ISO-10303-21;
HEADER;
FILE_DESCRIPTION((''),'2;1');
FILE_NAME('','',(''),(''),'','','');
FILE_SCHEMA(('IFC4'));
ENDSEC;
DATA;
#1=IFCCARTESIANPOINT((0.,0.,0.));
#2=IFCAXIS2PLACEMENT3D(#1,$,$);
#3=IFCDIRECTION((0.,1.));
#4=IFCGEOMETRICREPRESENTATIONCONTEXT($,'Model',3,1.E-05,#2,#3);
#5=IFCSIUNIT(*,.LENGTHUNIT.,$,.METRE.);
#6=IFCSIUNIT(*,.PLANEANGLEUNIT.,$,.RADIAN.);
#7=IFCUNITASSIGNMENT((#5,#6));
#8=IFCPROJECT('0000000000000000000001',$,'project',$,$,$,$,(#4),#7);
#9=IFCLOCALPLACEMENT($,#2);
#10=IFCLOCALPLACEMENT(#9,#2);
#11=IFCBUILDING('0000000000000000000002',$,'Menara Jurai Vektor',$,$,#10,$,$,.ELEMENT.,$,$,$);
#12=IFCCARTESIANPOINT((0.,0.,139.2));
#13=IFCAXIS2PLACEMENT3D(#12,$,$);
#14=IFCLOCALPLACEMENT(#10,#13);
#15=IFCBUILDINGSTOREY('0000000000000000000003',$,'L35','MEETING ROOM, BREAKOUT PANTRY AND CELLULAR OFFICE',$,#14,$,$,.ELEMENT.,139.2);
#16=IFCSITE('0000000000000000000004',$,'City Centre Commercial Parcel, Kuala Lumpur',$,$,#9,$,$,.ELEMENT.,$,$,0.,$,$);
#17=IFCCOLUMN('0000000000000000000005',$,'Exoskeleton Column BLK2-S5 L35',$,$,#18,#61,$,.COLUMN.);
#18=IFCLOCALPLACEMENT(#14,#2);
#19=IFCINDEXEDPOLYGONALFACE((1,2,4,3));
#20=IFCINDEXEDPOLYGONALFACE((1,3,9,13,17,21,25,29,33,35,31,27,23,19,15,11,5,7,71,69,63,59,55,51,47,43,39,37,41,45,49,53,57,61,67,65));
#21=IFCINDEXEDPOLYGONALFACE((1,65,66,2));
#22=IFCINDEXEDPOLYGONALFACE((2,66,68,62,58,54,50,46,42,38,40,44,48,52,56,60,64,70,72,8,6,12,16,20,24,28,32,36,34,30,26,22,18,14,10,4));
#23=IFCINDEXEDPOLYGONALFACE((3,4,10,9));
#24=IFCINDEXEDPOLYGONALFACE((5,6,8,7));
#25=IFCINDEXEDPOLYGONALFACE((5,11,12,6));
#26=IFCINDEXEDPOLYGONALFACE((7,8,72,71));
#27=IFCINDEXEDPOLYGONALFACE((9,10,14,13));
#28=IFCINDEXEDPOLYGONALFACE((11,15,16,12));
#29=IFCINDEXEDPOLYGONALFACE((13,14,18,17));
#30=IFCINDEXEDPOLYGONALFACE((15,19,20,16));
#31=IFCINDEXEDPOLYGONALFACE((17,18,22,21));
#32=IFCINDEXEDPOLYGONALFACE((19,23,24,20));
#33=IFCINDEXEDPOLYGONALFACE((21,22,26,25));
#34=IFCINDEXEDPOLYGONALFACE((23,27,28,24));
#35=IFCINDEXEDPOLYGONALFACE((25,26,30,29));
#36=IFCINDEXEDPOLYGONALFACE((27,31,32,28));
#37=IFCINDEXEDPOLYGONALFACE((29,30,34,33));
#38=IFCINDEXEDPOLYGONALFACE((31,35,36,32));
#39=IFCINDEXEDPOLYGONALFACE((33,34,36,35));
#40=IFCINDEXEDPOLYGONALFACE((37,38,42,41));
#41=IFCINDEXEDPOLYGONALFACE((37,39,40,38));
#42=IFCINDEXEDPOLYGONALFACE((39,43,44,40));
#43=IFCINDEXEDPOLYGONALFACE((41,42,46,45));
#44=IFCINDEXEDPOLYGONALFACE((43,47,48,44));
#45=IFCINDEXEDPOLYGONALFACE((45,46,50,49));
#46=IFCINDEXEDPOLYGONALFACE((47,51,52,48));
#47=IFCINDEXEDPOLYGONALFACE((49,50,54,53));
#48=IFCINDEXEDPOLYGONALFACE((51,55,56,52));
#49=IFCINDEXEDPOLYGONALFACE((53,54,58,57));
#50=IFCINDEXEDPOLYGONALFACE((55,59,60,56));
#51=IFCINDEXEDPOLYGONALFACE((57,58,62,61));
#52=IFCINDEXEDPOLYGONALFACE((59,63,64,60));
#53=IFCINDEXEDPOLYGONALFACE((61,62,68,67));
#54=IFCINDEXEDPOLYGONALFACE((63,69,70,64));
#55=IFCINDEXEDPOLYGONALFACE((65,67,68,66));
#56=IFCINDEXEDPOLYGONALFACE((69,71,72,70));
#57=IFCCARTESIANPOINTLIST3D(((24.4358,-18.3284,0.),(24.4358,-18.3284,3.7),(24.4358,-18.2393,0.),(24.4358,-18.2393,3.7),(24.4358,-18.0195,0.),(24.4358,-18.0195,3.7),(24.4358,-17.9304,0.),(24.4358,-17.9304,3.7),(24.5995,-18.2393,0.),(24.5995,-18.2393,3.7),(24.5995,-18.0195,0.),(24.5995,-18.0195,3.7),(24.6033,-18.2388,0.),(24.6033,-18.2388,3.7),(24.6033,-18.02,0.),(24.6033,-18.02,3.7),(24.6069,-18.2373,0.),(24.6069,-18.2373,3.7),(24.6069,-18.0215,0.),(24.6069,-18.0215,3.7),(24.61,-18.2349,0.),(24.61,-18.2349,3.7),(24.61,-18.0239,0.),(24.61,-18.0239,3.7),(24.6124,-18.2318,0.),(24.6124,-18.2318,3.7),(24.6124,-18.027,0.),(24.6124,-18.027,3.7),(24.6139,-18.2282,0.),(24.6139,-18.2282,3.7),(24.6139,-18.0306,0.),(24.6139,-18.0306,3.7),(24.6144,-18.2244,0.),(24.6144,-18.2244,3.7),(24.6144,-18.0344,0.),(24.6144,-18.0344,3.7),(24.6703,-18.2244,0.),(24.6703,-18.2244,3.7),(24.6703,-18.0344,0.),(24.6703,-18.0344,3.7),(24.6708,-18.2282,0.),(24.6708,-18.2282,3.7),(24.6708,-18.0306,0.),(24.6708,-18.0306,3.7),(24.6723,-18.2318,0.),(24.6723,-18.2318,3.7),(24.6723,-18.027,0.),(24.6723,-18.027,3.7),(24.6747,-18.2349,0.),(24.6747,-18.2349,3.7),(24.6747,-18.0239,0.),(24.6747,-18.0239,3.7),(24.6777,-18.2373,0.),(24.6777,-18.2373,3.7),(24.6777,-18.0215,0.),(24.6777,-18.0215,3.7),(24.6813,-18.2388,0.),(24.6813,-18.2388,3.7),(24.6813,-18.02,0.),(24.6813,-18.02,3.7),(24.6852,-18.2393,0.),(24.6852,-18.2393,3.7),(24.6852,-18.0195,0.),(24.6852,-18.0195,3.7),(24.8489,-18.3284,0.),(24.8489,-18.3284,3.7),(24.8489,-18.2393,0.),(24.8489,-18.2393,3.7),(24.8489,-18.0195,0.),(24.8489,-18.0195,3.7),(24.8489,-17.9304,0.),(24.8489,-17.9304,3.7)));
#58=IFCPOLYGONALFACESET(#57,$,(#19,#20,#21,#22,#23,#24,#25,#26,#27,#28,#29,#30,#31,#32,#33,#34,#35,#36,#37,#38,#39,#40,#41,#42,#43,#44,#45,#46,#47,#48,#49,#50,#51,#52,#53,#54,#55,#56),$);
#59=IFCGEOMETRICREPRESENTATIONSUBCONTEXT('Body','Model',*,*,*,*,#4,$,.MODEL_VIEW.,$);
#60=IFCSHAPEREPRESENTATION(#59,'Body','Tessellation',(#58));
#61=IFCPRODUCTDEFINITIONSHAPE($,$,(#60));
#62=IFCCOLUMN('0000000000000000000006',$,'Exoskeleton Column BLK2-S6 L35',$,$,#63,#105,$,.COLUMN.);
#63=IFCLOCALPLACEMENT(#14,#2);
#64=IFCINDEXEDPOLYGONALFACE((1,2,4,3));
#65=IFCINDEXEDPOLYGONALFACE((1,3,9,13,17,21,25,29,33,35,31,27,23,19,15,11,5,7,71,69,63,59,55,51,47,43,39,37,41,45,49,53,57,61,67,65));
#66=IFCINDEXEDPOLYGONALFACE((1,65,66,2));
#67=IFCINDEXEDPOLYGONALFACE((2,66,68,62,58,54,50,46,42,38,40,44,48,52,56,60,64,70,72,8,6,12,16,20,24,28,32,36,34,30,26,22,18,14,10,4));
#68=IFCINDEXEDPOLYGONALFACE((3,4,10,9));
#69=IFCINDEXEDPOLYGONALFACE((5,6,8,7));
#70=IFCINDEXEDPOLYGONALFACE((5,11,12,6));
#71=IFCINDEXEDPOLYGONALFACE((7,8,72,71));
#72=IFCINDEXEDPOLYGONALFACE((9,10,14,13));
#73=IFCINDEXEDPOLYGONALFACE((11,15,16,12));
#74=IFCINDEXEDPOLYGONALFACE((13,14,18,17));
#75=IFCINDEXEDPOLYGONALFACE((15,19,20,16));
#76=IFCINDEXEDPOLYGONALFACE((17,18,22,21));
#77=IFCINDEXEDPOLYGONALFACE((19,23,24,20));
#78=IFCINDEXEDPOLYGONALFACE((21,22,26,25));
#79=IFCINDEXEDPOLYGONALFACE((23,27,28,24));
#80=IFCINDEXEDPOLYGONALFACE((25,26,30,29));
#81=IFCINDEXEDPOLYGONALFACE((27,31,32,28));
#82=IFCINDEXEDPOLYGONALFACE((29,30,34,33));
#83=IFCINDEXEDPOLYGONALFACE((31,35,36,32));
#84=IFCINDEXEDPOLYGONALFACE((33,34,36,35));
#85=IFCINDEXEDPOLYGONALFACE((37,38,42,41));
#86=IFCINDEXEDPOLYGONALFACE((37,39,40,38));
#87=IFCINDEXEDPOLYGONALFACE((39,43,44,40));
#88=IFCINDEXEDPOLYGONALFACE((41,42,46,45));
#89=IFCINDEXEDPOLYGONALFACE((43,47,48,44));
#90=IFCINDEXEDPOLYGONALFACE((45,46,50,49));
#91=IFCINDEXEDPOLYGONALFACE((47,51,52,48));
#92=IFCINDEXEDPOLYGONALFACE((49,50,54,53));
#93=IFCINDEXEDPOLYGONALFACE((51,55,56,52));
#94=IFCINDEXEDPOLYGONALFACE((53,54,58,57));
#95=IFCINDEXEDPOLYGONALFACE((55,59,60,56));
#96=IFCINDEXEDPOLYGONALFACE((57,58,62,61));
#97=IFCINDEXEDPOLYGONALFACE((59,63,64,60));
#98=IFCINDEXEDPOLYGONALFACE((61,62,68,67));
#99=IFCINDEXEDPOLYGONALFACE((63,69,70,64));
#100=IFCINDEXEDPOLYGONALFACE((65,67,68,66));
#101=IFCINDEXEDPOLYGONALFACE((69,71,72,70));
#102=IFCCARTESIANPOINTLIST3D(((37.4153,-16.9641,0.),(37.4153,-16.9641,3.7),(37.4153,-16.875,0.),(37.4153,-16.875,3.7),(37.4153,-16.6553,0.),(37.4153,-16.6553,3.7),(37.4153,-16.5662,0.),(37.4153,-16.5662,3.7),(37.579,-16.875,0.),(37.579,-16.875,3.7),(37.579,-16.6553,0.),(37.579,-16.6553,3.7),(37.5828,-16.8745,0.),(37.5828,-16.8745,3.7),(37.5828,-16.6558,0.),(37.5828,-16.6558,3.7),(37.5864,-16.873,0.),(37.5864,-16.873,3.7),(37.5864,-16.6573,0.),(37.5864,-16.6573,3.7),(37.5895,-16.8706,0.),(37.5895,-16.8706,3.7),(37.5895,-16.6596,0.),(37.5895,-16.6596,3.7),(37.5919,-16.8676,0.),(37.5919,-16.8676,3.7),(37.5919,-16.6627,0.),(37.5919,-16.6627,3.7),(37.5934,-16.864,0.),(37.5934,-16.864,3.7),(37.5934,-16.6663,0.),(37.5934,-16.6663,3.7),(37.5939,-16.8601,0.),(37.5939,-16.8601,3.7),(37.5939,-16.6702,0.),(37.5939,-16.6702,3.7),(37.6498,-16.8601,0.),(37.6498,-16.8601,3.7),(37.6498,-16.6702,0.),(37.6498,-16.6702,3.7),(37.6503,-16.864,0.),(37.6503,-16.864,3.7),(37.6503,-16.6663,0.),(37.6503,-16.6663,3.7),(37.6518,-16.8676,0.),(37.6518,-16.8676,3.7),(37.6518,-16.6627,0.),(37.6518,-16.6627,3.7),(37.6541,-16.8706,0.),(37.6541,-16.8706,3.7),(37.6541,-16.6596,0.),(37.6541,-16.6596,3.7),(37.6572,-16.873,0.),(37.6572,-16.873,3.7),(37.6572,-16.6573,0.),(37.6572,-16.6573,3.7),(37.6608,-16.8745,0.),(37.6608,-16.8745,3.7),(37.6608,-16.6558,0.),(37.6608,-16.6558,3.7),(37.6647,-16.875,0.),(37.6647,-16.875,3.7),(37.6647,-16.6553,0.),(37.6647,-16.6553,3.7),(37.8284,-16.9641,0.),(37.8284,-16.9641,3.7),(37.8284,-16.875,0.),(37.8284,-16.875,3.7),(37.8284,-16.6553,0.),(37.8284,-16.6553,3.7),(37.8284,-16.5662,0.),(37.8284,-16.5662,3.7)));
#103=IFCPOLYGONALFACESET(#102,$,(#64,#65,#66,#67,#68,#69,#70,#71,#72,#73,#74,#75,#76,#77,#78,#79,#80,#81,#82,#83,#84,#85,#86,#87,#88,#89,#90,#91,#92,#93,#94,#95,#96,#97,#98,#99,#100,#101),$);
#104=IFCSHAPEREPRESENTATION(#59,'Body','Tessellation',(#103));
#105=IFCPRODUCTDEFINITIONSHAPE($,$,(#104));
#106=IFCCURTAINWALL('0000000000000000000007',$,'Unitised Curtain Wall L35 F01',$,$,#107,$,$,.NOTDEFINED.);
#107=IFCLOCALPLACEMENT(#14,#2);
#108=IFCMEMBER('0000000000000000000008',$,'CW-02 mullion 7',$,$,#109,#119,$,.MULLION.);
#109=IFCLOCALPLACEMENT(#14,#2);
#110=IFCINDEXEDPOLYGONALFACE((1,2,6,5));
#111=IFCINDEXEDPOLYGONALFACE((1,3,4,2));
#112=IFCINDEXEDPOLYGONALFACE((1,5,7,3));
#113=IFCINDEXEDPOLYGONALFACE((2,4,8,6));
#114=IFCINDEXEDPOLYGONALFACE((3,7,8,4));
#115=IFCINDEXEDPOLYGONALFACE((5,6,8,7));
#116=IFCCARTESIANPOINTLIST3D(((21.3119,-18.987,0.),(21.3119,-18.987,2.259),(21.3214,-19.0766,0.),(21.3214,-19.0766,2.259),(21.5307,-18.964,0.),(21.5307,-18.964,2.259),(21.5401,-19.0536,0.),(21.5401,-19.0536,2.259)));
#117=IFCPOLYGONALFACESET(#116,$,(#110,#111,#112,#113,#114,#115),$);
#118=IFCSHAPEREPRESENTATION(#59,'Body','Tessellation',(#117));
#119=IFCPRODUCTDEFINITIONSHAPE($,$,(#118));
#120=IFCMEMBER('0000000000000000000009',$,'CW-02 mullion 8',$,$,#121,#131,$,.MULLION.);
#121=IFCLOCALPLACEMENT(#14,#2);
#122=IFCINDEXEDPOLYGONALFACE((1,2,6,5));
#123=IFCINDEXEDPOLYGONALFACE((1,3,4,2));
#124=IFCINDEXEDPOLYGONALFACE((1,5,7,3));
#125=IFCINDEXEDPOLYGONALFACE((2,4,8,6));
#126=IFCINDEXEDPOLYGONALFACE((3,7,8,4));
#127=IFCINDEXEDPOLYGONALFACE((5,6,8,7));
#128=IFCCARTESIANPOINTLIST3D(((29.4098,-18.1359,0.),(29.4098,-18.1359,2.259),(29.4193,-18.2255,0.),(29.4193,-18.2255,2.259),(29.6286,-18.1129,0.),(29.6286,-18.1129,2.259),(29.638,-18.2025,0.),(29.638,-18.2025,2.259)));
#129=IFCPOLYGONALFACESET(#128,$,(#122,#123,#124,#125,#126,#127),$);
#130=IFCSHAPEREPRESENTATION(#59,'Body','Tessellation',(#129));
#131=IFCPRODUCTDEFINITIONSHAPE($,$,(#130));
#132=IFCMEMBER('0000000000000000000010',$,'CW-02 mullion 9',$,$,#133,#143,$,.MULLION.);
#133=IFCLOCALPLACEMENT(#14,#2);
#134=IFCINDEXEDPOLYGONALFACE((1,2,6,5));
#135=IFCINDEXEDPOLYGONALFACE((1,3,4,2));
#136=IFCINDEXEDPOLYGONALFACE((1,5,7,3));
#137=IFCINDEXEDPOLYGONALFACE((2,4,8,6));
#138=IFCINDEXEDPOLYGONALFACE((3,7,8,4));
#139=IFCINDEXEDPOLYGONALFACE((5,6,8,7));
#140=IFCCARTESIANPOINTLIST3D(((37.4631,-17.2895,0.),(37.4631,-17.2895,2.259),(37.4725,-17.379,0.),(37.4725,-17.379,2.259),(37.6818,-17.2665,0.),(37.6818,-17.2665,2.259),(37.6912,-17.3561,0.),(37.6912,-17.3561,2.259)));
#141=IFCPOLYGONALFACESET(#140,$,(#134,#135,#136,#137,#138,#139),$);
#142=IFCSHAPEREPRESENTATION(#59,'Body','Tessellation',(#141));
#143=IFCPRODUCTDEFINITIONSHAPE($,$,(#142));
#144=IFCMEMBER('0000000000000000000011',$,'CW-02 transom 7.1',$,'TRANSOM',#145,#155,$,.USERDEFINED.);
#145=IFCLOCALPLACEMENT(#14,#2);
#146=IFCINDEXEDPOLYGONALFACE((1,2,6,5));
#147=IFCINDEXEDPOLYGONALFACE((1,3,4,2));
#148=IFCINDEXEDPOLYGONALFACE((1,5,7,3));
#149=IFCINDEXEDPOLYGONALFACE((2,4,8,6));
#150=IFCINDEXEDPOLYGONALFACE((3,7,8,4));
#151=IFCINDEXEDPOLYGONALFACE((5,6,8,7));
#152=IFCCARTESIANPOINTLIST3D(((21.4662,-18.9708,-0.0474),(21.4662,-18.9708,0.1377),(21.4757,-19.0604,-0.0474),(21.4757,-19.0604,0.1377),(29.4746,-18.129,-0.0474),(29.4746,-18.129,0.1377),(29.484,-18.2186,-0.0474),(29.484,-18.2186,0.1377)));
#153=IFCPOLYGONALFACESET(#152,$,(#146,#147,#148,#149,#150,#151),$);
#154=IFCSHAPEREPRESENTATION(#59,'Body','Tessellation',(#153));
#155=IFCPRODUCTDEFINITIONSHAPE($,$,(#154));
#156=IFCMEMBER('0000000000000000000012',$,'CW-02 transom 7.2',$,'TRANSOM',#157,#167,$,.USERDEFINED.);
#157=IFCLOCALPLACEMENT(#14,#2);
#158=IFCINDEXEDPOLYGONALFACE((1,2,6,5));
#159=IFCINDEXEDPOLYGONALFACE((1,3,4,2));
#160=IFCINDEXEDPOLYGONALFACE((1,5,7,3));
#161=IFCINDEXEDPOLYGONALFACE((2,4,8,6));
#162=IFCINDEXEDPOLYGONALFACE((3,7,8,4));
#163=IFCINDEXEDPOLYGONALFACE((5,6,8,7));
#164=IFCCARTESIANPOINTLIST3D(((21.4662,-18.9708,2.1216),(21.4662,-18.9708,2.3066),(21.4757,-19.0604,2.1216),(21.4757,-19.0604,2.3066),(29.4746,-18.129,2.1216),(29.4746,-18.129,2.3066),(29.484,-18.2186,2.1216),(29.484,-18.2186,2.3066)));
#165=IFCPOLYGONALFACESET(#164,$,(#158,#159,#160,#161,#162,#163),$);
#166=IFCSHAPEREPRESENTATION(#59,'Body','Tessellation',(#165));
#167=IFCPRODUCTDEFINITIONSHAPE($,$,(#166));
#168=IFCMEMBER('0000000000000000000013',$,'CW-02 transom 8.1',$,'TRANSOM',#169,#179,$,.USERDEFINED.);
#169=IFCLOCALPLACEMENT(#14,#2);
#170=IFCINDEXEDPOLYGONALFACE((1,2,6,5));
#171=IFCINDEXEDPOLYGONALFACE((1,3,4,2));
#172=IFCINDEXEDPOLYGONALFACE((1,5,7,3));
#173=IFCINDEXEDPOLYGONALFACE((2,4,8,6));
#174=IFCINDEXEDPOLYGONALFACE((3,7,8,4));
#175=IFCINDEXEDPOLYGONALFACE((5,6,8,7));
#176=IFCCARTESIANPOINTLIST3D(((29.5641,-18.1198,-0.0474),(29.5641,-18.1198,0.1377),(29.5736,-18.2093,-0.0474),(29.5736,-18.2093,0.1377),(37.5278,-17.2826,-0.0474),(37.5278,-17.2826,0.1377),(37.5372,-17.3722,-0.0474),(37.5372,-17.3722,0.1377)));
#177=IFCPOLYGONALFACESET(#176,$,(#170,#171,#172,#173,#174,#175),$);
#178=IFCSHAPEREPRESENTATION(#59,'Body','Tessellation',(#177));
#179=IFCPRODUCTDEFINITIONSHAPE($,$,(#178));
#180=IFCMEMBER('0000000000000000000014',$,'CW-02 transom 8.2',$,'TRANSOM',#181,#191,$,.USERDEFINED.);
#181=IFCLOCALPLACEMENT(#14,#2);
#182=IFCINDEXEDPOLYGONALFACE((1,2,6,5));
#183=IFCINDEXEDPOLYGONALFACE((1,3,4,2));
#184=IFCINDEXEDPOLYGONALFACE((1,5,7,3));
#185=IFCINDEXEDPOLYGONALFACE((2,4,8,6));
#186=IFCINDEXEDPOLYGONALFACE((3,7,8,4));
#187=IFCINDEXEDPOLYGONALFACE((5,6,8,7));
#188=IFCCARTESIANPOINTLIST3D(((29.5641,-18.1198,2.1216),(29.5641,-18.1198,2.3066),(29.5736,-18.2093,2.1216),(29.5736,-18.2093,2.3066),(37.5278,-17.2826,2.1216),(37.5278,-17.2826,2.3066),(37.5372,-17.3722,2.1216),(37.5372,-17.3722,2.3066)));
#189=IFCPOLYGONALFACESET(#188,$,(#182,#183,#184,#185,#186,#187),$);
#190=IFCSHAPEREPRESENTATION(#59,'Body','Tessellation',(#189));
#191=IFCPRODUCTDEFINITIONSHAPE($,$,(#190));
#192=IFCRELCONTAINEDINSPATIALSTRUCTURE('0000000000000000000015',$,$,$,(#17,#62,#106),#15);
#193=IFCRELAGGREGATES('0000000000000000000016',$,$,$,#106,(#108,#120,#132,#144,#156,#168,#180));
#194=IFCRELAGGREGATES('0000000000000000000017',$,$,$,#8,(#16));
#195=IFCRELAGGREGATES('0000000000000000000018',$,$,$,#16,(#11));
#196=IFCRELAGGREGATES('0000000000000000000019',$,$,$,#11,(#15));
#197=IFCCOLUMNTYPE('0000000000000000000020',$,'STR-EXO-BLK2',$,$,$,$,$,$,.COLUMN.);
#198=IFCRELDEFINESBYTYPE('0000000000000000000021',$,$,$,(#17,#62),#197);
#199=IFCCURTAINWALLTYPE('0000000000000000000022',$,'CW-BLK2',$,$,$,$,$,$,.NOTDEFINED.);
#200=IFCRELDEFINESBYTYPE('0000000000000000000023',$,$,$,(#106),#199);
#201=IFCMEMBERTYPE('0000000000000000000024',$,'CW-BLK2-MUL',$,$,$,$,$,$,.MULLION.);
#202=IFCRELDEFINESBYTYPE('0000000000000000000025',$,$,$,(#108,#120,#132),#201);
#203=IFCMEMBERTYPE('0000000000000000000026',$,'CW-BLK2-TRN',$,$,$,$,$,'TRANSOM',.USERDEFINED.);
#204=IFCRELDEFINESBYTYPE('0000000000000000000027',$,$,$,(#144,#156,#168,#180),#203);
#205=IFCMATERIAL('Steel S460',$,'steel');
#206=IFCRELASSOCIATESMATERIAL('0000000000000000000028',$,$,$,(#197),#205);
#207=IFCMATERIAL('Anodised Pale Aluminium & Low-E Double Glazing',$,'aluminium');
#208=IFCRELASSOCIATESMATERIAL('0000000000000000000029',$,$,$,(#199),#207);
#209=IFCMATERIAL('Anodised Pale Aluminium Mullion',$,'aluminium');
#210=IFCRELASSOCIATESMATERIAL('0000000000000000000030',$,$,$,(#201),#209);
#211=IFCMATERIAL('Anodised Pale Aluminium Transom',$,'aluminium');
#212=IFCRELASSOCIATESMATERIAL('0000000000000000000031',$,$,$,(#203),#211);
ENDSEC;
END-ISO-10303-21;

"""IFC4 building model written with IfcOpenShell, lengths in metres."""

from ifc_helpers import new_model, si_unit, direction, frame, origin, origin_2d, place, context, subcontext, project, spatial, rectangle, i_section, extrude, material, material_profile, profile_set, type_object, element, aggregate, save


model = new_model("IFC4")

# Units and contexts
model_context = context("Model", 3, precision=1e-05, world=origin(), true_north=direction((0.0, 1.0)))
body_context = subcontext(model_context, "Body", "Model", "MODEL_VIEW")
ifc_project = project(units=[si_unit("LENGTHUNIT", "METRE"), si_unit("PLANEANGLEUNIT", "RADIAN")], contexts=[model_context])

# Site, building, storey
site_placement = place(None, origin())
site = spatial("IfcSite", under=ifc_project, at=site_placement, Name="City Centre Commercial Parcel, Kuala Lumpur", CompositionType="ELEMENT", RefElevation=0.0)
building_placement = place(site_placement, origin())
building = spatial("IfcBuilding", under=site, at=building_placement, Name="Menara Jurai Vektor", CompositionType="ELEMENT")
storey_placement = place(building_placement, frame((0.0, 0.0, 139.2)))
storey = spatial("IfcBuildingStorey", under=building, at=storey_placement, Name="L35", Description="MEETING ROOM, BREAKOUT PANTRY AND CELLULAR OFFICE", CompositionType="ELEMENT", Elevation=139.2)

# Columns
ifc_material_1 = material(Name="Steel S460", Category="steel")
ifc_material_profile_1 = material_profile(ifc_material_1, i_section(OverallWidth=0.4131, OverallDepth=0.3979, WebThickness=0.0559, FlangeThickness=0.0891, FilletRadius=0.0149, at=origin_2d()), Name="HD 400x744")
ifc_profile_set_1 = profile_set([ifc_material_profile_1], Name="Steel S460")
column_type = type_object("IfcColumnType", Name="STR-EXO-BLK2", PredefinedType="COLUMN", material=ifc_profile_set_1)
for number, where, z_axis, x_axis, name in (
    (1, (24.6423, -18.1294, 0.0), (0.0, 0.0, 1.0), (1.0, 0.0, 0.0), "Exoskeleton Column BLK2-S5 L35"),
    (2, (37.6218, -16.7651, 0.0), (0.0, 0.0, 1.0), (1.0, 0.0, 0.0), "Exoskeleton Column BLK2-S6 L35"),
):
    element("IfcColumn", number, at=place(storey_placement, frame(where, z_axis=z_axis, x_axis=x_axis)), inside=storey, type_object=column_type, Name=name, PredefinedType="COLUMN", context=body_context, shape_type="SweptSolid", body=[
        extrude(i_section(OverallWidth=0.4131, OverallDepth=0.3979, WebThickness=0.0559, FlangeThickness=0.0891, FilletRadius=0.0149, at=origin_2d()), origin(), (0.0, 0.0, 1.0), 3.7),
    ])

# Curtain wall, members
ifc_material_2 = material(Name="Anodised Pale Aluminium & Low-E Double Glazing", Category="aluminium")
curtain_wall_type = type_object("IfcCurtainWallType", Name="CW-BLK2", PredefinedType="NOTDEFINED", material=ifc_material_2)
curtain_wall_placement = place(storey_placement, origin())
curtain_wall = element("IfcCurtainWall", 3, at=curtain_wall_placement, inside=storey, type_object=curtain_wall_type, Name="Unitised Curtain Wall L35 F01", PredefinedType="NOTDEFINED")
ifc_material_3 = material(Name="Anodised Pale Aluminium Mullion", Category="aluminium")
ifc_material_profile_2 = material_profile(ifc_material_3, rectangle(XDim=0.0901, YDim=0.22, at=origin_2d()), Name="ALU MUL 90x220")
ifc_profile_set_2 = profile_set([ifc_material_profile_2], Name="Anodised Pale Aluminium Mullion")
member_type_1 = type_object("IfcMemberType", Name="CW-BLK2-MUL", PredefinedType="MULLION", material=ifc_profile_set_2)
member_1_placement = place(storey_placement, frame((21.426, -19.0203, 0.0), z_axis=(0.0, 0.0, 1.0), x_axis=(-0.104529, 0.994522, 0.0)))
member_1 = element("IfcMember", 4, at=member_1_placement, type_object=member_type_1, Name="CW-02 mullion 7", PredefinedType="MULLION", context=body_context, shape_type="SweptSolid", body=[
    extrude(rectangle(XDim=0.0901, YDim=0.22, at=origin_2d()), origin(), (0.0, 0.0, 1.0), 2.259),
])
member_2_placement = place(storey_placement, frame((29.5239, -18.1692, 0.0), z_axis=(0.0, 0.0, 1.0), x_axis=(-0.104529, 0.994522, 0.0)))
member_2 = element("IfcMember", 5, at=member_2_placement, type_object=member_type_1, Name="CW-02 mullion 8", PredefinedType="MULLION", context=body_context, shape_type="SweptSolid", body=[
    extrude(rectangle(XDim=0.0901, YDim=0.22, at=origin_2d()), origin(), (0.0, 0.0, 1.0), 2.259),
])
member_3_placement = place(storey_placement, frame((37.5771, -17.3228, 0.0), z_axis=(0.0, 0.0, 1.0), x_axis=(-0.104529, 0.994522, 0.0)))
member_3 = element("IfcMember", 6, at=member_3_placement, type_object=member_type_1, Name="CW-02 mullion 9", PredefinedType="MULLION", context=body_context, shape_type="SweptSolid", body=[
    extrude(rectangle(XDim=0.0901, YDim=0.22, at=origin_2d()), origin(), (0.0, 0.0, 1.0), 2.259),
])
ifc_material_4 = material(Name="Anodised Pale Aluminium Transom", Category="aluminium")
ifc_material_profile_3 = material_profile(ifc_material_4, rectangle(XDim=0.0901, YDim=0.1851, at=origin_2d()), Name="ALU TRN 90x185")
ifc_profile_set_3 = profile_set([ifc_material_profile_3], Name="Anodised Pale Aluminium Transom")
member_type_2 = type_object("IfcMemberType", Name="CW-BLK2-TRN", ElementType="TRANSOM", PredefinedType="USERDEFINED", material=ifc_profile_set_3)
member_4_placement = place(storey_placement, frame((21.4709, -19.0156, 0.0452), z_axis=(0.994521, 0.10454, 0.0), x_axis=(-0.10454, 0.994521, 0.0)))
member_4 = element("IfcMember", 7, at=member_4_placement, type_object=member_type_2, Name="CW-02 transom 7.1", ObjectType="TRANSOM", PredefinedType="USERDEFINED", context=body_context, shape_type="SweptSolid", body=[
    extrude(rectangle(XDim=0.0901, YDim=0.1851, at=origin_2d()), origin(), (0.0, 0.0, 1.0), 8.0525),
])
member_5_placement = place(storey_placement, frame((21.4709, -19.0156, 2.2141), z_axis=(0.994521, 0.10454, 0.0), x_axis=(-0.10454, 0.994521, 0.0)))
member_5 = element("IfcMember", 8, at=member_5_placement, type_object=member_type_2, Name="CW-02 transom 7.2", ObjectType="TRANSOM", PredefinedType="USERDEFINED", context=body_context, shape_type="SweptSolid", body=[
    extrude(rectangle(XDim=0.0901, YDim=0.1851, at=origin_2d()), origin(), (0.0, 0.0, 1.0), 8.0525),
])
member_6_placement = place(storey_placement, frame((29.5688, -18.1646, 0.0452), z_axis=(0.99452, 0.104547, 0.0), x_axis=(-0.104547, 0.99452, 0.0)))
member_6 = element("IfcMember", 9, at=member_6_placement, type_object=member_type_2, Name="CW-02 transom 8.1", ObjectType="TRANSOM", PredefinedType="USERDEFINED", context=body_context, shape_type="SweptSolid", body=[
    extrude(rectangle(XDim=0.0901, YDim=0.1851, at=origin_2d()), origin(), (0.0, 0.0, 1.0), 8.0076),
])
member_7_placement = place(storey_placement, frame((29.5688, -18.1646, 2.2141), z_axis=(0.99452, 0.104547, 0.0), x_axis=(-0.104547, 0.99452, 0.0)))
member_7 = element("IfcMember", 10, at=member_7_placement, type_object=member_type_2, Name="CW-02 transom 8.2", ObjectType="TRANSOM", PredefinedType="USERDEFINED", context=body_context, shape_type="SweptSolid", body=[
    extrude(rectangle(XDim=0.0901, YDim=0.1851, at=origin_2d()), origin(), (0.0, 0.0, 1.0), 8.0076),
])

aggregate(curtain_wall, [member_1, member_2, member_3, member_4, member_5, member_6, member_7])

save(model, "model.ifc")
